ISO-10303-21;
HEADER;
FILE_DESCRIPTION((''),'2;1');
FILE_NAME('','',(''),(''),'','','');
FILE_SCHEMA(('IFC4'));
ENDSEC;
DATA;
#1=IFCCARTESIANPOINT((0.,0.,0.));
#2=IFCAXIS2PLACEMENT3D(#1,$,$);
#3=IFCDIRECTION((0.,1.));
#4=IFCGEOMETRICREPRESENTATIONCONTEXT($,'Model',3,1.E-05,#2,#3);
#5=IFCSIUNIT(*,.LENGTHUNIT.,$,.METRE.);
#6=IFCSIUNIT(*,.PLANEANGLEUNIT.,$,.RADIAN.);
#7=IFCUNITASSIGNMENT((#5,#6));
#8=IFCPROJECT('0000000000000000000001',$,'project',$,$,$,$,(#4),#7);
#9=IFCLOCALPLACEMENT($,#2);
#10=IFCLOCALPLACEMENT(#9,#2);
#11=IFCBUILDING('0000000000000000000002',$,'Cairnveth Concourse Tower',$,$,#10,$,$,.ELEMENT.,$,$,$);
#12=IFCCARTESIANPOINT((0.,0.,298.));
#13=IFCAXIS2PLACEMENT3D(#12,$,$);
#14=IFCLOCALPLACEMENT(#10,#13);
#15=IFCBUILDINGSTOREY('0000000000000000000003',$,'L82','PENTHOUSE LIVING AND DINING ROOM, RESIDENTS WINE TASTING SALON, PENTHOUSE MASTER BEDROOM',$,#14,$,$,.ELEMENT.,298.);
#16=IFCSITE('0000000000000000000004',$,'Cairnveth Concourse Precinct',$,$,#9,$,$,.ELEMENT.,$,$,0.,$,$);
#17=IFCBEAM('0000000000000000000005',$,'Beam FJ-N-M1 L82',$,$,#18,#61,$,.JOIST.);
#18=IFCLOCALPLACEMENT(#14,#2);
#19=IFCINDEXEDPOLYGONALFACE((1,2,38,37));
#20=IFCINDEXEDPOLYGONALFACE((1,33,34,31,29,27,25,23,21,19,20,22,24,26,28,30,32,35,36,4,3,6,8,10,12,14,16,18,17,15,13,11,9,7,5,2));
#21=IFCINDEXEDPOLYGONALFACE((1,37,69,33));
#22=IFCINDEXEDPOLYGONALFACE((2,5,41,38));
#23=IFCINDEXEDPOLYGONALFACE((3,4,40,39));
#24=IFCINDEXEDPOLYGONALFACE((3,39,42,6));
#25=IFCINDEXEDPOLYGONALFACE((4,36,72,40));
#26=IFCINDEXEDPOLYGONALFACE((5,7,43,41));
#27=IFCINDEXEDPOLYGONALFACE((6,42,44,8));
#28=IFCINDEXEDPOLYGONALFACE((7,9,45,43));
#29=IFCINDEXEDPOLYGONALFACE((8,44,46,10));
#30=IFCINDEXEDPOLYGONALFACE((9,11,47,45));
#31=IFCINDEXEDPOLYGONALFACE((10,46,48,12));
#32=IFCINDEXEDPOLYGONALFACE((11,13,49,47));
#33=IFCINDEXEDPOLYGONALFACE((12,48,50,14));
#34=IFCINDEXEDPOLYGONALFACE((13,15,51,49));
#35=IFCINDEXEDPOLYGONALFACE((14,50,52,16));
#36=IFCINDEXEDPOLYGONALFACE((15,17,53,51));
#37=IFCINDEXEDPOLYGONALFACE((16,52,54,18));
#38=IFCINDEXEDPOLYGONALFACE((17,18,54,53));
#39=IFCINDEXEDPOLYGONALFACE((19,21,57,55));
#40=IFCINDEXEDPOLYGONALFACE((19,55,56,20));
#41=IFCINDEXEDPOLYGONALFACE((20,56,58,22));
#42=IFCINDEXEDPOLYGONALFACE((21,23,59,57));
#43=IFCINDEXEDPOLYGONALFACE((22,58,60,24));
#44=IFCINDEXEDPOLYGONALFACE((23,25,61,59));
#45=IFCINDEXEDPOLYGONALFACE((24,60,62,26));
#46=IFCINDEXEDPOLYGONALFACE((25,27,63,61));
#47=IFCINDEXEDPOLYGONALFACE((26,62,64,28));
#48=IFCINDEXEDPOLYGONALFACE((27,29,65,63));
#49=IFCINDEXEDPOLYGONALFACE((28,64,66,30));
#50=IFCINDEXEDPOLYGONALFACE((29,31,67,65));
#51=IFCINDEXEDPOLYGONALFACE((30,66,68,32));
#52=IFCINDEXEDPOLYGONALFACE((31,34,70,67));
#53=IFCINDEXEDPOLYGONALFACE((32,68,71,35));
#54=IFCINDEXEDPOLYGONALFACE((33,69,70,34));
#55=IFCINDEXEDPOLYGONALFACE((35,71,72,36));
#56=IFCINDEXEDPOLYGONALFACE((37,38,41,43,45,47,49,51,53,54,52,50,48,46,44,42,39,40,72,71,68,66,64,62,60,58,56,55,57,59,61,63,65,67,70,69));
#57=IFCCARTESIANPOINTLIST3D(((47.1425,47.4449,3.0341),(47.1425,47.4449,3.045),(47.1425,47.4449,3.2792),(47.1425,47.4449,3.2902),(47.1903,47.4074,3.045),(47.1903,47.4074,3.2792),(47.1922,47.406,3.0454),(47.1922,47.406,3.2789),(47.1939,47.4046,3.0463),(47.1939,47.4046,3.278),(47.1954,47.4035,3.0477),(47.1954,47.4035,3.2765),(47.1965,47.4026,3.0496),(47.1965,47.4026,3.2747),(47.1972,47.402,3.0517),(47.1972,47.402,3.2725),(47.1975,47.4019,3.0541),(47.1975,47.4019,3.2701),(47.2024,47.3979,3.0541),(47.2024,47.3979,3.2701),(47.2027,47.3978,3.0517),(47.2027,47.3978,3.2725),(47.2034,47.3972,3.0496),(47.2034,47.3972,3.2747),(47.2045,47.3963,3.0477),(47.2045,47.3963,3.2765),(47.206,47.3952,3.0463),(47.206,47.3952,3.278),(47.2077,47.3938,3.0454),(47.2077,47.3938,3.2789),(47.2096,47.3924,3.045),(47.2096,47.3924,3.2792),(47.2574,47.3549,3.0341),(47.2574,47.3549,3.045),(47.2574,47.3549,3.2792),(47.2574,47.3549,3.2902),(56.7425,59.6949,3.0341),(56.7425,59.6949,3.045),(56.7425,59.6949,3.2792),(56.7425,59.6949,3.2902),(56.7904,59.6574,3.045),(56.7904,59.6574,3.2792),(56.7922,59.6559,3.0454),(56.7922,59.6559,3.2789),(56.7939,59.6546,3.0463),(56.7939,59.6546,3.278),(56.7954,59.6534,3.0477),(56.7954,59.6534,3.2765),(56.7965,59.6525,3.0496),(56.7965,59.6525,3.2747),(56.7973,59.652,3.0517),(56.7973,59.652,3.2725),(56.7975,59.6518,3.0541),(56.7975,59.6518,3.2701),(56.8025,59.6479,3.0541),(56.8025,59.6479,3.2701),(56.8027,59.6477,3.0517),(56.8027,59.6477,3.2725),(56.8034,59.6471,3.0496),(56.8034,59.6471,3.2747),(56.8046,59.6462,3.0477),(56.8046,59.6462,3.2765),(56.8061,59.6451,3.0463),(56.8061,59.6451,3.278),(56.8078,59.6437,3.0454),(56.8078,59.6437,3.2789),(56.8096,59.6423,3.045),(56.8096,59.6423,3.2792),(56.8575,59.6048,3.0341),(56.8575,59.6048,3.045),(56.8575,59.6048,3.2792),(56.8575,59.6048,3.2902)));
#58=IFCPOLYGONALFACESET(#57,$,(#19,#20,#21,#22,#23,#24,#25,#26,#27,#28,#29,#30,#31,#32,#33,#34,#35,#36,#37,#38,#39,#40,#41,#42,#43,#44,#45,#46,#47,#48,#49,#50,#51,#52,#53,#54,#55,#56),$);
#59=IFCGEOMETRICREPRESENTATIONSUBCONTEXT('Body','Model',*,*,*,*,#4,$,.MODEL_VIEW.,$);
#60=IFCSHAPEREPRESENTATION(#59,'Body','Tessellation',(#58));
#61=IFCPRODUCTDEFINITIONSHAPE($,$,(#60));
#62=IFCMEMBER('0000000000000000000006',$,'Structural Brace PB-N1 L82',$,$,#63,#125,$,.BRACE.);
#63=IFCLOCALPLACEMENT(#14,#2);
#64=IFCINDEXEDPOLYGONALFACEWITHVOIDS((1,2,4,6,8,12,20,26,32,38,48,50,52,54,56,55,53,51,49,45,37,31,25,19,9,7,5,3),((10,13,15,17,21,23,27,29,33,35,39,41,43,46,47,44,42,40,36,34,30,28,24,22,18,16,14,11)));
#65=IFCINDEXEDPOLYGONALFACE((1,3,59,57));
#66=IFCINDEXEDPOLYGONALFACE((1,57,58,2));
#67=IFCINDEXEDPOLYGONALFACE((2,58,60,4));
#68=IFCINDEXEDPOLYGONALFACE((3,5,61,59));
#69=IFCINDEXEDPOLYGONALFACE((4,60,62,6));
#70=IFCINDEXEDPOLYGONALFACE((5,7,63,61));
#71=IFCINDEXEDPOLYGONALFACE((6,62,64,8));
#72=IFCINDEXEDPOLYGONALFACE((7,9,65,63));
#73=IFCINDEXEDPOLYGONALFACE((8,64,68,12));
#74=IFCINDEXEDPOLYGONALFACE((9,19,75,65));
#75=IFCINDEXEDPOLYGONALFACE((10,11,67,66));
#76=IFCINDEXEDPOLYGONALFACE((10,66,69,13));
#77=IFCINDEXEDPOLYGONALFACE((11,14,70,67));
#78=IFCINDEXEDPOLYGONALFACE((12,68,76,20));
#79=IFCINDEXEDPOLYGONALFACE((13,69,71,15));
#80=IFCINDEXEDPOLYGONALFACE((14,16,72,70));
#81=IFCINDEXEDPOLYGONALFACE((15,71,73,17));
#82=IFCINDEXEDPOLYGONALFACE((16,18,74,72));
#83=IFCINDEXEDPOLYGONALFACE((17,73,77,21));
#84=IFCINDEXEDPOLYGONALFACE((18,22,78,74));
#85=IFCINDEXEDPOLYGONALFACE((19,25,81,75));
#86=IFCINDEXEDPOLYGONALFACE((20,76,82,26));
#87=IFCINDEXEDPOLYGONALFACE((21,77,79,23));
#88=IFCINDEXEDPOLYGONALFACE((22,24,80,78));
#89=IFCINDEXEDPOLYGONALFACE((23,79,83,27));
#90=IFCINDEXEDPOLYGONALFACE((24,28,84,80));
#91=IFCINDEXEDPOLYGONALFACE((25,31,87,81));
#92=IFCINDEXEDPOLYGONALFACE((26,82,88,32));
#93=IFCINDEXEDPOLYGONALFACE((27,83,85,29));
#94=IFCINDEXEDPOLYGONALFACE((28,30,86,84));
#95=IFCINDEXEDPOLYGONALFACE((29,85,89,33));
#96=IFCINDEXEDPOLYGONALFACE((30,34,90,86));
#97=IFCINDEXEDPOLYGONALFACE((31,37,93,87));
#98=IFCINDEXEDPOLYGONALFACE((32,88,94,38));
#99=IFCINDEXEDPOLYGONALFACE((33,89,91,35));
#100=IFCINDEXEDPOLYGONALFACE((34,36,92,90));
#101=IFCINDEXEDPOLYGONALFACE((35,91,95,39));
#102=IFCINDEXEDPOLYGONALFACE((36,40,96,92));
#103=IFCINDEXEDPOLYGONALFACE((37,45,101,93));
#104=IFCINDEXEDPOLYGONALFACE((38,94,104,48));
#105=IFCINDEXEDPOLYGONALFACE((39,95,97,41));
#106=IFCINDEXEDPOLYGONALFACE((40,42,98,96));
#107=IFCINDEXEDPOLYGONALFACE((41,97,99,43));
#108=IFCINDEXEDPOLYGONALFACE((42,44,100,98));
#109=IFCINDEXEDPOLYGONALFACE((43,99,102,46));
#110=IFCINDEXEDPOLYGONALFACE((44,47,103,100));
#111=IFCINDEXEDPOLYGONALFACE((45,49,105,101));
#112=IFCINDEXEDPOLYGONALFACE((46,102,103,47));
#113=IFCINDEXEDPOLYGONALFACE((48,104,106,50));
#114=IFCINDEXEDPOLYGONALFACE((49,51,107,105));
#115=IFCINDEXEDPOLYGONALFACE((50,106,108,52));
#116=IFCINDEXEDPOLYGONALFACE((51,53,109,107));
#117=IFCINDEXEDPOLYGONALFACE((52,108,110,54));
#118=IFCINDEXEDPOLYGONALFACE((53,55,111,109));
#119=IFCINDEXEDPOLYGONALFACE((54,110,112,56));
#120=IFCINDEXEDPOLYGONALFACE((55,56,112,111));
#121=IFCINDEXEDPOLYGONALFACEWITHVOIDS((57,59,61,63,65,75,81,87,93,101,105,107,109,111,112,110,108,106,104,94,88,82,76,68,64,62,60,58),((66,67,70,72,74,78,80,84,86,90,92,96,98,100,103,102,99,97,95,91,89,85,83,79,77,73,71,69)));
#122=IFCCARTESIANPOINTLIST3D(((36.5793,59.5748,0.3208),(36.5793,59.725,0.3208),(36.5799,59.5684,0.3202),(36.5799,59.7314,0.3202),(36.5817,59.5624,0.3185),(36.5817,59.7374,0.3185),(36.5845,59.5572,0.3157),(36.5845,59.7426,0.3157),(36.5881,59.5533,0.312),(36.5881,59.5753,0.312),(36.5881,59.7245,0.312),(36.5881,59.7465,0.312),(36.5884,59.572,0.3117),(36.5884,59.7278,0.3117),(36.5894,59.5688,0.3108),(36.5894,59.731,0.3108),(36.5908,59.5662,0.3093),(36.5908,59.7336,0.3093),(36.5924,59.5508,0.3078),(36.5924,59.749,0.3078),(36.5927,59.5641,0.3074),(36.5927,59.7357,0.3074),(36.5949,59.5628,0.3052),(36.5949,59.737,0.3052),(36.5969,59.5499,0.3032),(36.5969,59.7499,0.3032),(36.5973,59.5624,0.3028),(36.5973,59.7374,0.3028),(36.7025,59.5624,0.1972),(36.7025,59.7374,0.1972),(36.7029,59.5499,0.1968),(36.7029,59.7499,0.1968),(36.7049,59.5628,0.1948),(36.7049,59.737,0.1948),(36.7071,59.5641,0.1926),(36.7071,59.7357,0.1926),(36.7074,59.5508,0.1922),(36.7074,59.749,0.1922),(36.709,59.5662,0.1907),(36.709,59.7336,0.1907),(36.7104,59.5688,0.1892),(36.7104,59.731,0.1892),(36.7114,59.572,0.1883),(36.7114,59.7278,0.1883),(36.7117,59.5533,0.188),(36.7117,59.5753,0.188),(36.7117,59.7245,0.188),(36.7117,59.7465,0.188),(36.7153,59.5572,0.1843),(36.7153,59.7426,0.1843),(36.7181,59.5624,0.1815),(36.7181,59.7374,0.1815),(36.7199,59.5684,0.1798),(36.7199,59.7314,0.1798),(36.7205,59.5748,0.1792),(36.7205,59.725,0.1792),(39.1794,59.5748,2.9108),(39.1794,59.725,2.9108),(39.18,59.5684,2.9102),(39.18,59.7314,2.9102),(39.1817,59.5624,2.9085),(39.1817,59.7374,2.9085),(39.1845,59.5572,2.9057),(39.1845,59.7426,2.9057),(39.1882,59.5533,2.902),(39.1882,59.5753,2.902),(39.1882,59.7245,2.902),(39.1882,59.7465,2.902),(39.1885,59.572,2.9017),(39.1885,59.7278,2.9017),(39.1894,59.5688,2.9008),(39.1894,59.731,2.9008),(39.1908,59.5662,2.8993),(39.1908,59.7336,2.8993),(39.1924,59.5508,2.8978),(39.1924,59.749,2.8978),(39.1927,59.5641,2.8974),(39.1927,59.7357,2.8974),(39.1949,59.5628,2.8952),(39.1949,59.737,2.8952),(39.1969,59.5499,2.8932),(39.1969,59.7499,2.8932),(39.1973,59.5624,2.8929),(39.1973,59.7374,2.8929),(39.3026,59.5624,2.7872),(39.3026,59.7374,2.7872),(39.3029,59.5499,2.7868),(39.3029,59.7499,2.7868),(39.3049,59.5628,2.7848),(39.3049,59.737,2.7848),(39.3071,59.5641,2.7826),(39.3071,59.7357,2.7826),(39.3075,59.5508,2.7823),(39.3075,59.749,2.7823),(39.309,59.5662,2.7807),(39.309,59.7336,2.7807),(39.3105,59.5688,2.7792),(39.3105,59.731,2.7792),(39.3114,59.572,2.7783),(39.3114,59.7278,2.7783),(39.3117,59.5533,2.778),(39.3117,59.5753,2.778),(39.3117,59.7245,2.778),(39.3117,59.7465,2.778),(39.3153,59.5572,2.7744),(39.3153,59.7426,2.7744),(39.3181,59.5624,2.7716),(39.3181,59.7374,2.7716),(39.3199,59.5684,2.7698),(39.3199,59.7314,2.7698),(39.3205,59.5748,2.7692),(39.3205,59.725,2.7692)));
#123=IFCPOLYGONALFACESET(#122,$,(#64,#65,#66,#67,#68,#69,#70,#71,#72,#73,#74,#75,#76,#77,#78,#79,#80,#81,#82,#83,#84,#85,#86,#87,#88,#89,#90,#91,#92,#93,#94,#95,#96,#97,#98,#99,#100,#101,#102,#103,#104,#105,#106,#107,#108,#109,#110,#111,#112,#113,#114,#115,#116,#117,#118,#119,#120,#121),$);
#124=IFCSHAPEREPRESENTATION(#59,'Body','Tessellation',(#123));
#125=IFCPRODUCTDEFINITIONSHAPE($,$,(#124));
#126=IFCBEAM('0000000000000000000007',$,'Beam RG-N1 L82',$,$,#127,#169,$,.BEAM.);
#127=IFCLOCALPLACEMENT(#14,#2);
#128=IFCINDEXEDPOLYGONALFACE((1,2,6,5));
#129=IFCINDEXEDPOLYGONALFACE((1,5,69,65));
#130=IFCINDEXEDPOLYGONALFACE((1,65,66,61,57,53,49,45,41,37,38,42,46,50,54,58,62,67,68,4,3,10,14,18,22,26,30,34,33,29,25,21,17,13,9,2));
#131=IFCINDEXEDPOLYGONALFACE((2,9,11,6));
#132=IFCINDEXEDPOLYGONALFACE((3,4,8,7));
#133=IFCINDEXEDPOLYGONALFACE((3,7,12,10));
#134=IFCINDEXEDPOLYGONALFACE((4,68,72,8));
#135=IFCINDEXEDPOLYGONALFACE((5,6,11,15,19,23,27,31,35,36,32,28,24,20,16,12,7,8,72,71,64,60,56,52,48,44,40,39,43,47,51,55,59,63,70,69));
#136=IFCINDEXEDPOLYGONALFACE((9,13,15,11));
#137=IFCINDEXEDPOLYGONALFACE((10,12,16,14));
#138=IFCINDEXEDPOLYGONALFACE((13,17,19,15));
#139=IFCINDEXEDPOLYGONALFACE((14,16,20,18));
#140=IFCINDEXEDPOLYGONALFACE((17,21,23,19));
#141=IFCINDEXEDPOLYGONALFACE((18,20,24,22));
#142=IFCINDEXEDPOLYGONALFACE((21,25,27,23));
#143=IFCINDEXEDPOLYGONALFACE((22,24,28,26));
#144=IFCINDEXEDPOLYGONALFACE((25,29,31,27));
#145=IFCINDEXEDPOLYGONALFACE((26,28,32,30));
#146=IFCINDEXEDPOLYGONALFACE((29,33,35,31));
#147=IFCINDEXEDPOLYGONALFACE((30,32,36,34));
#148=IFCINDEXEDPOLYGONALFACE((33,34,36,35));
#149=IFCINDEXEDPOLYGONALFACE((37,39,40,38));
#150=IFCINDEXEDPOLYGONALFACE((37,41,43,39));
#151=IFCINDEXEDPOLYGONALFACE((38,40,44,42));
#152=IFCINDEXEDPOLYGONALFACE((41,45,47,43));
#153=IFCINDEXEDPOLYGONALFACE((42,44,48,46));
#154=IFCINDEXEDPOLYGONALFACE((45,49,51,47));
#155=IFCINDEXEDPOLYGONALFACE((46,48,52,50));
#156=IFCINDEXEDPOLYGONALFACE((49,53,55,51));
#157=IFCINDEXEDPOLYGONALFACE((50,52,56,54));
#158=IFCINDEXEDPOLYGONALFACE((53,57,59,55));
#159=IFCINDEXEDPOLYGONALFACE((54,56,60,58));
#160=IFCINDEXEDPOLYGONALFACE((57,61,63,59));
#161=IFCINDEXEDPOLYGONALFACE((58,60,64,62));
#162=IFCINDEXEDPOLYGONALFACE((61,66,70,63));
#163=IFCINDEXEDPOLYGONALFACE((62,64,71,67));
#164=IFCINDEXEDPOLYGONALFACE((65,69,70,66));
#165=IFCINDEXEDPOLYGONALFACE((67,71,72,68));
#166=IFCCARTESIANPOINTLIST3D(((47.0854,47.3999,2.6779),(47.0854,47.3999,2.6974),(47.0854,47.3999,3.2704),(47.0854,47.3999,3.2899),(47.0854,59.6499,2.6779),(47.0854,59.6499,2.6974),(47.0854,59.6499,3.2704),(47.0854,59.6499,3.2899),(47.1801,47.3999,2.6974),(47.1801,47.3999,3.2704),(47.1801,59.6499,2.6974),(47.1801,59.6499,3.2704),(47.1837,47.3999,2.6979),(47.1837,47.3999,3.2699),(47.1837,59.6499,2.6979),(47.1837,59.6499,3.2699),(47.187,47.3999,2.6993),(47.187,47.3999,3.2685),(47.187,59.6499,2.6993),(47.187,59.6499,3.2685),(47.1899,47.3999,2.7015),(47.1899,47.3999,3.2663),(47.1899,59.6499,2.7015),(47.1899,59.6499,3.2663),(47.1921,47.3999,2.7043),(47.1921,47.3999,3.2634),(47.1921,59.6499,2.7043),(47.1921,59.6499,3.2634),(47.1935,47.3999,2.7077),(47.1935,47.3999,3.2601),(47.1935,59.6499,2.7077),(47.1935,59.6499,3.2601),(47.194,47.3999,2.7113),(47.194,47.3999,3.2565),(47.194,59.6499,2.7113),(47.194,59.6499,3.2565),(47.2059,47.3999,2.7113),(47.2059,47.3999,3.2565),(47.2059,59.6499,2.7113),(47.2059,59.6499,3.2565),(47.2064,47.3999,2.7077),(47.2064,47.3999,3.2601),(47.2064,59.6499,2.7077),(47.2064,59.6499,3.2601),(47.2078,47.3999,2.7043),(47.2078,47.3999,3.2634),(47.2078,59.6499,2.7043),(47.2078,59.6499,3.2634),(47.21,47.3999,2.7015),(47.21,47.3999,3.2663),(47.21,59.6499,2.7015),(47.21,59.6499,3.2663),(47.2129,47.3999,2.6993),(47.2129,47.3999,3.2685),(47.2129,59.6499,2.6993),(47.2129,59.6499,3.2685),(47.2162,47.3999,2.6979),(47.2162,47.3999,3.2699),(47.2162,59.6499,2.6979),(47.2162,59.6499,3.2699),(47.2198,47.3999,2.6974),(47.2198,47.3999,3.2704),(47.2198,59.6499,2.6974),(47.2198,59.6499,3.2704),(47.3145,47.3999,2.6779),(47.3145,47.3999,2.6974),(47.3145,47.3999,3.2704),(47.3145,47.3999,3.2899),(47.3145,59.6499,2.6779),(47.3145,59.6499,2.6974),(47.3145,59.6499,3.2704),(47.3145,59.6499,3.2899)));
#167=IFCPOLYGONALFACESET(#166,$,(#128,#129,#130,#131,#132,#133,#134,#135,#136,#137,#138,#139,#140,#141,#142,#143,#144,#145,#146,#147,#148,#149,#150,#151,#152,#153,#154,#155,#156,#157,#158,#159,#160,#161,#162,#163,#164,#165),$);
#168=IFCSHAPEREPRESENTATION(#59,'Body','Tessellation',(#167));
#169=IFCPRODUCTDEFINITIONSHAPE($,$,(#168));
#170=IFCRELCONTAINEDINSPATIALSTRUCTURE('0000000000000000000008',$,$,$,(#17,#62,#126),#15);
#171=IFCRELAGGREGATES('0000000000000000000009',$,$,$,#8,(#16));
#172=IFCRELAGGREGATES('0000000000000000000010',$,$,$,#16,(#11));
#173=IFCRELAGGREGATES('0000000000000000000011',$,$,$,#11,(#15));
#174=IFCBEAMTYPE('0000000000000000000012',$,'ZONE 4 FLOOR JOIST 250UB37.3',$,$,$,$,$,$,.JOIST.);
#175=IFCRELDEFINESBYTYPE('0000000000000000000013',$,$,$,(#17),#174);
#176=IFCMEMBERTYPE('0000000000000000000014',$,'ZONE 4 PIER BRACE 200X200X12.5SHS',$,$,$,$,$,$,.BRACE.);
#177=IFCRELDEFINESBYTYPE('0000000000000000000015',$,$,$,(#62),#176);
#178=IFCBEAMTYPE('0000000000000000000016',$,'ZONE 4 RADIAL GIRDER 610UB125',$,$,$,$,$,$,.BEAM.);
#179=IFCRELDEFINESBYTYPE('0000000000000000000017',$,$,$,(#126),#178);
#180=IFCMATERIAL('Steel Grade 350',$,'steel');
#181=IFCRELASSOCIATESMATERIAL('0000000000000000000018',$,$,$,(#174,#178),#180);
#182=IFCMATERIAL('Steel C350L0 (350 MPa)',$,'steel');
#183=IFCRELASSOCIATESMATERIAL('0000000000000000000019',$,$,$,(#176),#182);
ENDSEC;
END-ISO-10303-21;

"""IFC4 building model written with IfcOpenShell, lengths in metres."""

from ifc_helpers import new_model, si_unit, direction, frame, origin, origin_2d, place, context, subcontext, project, spatial, hollow_rectangle, i_section, extrude, material, material_profile, profile_set, type_object, element, save


model = new_model("IFC4")

# Units and contexts
model_context = context("Model", 3, precision=1e-05, world=origin(), true_north=direction((0.0, 1.0)))
body_context = subcontext(model_context, "Body", "Model", "MODEL_VIEW")
ifc_project = project(units=[si_unit("LENGTHUNIT", "METRE"), si_unit("PLANEANGLEUNIT", "RADIAN")], contexts=[model_context])

# Site, building, storey
site_placement = place(None, origin())
site = spatial("IfcSite", under=ifc_project, at=site_placement, Name="Cairnveth Concourse Precinct", CompositionType="ELEMENT", RefElevation=0.0)
building_placement = place(site_placement, origin())
building = spatial("IfcBuilding", under=site, at=building_placement, Name="Cairnveth Concourse Tower", CompositionType="ELEMENT")
storey_placement = place(building_placement, frame((0.0, 0.0, 298.0)))
storey = spatial("IfcBuildingStorey", under=building, at=storey_placement, Name="L82", Description="PENTHOUSE LIVING AND DINING ROOM, RESIDENTS WINE TASTING SALON, PENTHOUSE MASTER BEDROOM", CompositionType="ELEMENT", Elevation=298.0)

# Shared definitions
ifc_material_1 = material(Name="Steel Grade 350", Category="steel")

# Beam
ifc_material_profile_1 = material_profile(ifc_material_1, i_section(OverallWidth=0.146, OverallDepth=0.2561, WebThickness=0.0063, FlangeThickness=0.011, FilletRadius=0.009, at=origin_2d()), Name="250UB37.3")
ifc_profile_set_1 = profile_set([ifc_material_profile_1], Name="Steel Grade 350")
beam_type_1 = type_object("IfcBeamType", Name="ZONE 4 FLOOR JOIST 250UB37.3", PredefinedType="JOIST", material=ifc_profile_set_1)
beam_1_placement = place(storey_placement, frame((47.2, 47.3999, 3.1621), z_axis=(0.616832, 0.787095, 0.0), x_axis=(-0.787095, 0.616832, 0.0)))
element("IfcBeam", 1, at=beam_1_placement, inside=storey, type_object=beam_type_1, Name="Beam FJ-N-M1 L82", PredefinedType="JOIST", context=body_context, shape_type="SweptSolid", body=[
    extrude(i_section(OverallWidth=0.146, OverallDepth=0.2561, WebThickness=0.0063, FlangeThickness=0.011, FilletRadius=0.009, at=origin_2d()), origin(), (0.0, 0.0, 1.0), 15.5635),
])

# Member
ifc_material_2 = material(Name="Steel C350L0 (350 MPa)", Category="steel")
ifc_material_profile_2 = material_profile(ifc_material_2, hollow_rectangle(XDim=0.2, YDim=0.2, WallThickness=0.0125, InnerFilletRadius=0.0129, OuterFilletRadius=0.0249, at=origin_2d()), Name="200x200x12.5SHS")
ifc_profile_set_2 = profile_set([ifc_material_profile_2], Name="Steel C350L0 (350 MPa)")
member_type = type_object("IfcMemberType", Name="ZONE 4 PIER BRACE 200X200X12.5SHS", PredefinedType="BRACE", material=ifc_profile_set_2)
member_placement = place(storey_placement, frame((36.6499, 59.6499, 0.25), z_axis=(0.708469, 0.0, 0.705742), x_axis=(0.0, 1.0, 0.0)))
element("IfcMember", 2, at=member_placement, inside=storey, type_object=member_type, Name="Structural Brace PB-N1 L82", PredefinedType="BRACE", context=body_context, shape_type="SweptSolid", body=[
    extrude(hollow_rectangle(XDim=0.2, YDim=0.2, WallThickness=0.0125, InnerFilletRadius=0.0129, OuterFilletRadius=0.0249, at=origin_2d()), origin(), (0.0, 0.0, 1.0), 3.6699),
])

# Beam
ifc_material_profile_3 = material_profile(ifc_material_1, i_section(OverallWidth=0.229, OverallDepth=0.6121, WebThickness=0.012, FlangeThickness=0.0195, FilletRadius=0.0139, at=origin_2d()), Name="610UB125")
ifc_profile_set_3 = profile_set([ifc_material_profile_3], Name="Steel Grade 350")
beam_type_2 = type_object("IfcBeamType", Name="ZONE 4 RADIAL GIRDER 610UB125", PredefinedType="BEAM", material=ifc_profile_set_3)
beam_2_placement = place(storey_placement, frame((47.2, 47.3999, 2.9839), z_axis=(0.0, 1.0, 0.0), x_axis=(-1.0, 0.0, 0.0)))
element("IfcBeam", 3, at=beam_2_placement, inside=storey, type_object=beam_type_2, Name="Beam RG-N1 L82", PredefinedType="BEAM", context=body_context, shape_type="SweptSolid", body=[
    extrude(i_section(OverallWidth=0.229, OverallDepth=0.6121, WebThickness=0.012, FlangeThickness=0.0195, FilletRadius=0.0139, at=origin_2d()), origin(), (0.0, 0.0, 1.0), 12.25),
])

save(model, "model.ifc")
